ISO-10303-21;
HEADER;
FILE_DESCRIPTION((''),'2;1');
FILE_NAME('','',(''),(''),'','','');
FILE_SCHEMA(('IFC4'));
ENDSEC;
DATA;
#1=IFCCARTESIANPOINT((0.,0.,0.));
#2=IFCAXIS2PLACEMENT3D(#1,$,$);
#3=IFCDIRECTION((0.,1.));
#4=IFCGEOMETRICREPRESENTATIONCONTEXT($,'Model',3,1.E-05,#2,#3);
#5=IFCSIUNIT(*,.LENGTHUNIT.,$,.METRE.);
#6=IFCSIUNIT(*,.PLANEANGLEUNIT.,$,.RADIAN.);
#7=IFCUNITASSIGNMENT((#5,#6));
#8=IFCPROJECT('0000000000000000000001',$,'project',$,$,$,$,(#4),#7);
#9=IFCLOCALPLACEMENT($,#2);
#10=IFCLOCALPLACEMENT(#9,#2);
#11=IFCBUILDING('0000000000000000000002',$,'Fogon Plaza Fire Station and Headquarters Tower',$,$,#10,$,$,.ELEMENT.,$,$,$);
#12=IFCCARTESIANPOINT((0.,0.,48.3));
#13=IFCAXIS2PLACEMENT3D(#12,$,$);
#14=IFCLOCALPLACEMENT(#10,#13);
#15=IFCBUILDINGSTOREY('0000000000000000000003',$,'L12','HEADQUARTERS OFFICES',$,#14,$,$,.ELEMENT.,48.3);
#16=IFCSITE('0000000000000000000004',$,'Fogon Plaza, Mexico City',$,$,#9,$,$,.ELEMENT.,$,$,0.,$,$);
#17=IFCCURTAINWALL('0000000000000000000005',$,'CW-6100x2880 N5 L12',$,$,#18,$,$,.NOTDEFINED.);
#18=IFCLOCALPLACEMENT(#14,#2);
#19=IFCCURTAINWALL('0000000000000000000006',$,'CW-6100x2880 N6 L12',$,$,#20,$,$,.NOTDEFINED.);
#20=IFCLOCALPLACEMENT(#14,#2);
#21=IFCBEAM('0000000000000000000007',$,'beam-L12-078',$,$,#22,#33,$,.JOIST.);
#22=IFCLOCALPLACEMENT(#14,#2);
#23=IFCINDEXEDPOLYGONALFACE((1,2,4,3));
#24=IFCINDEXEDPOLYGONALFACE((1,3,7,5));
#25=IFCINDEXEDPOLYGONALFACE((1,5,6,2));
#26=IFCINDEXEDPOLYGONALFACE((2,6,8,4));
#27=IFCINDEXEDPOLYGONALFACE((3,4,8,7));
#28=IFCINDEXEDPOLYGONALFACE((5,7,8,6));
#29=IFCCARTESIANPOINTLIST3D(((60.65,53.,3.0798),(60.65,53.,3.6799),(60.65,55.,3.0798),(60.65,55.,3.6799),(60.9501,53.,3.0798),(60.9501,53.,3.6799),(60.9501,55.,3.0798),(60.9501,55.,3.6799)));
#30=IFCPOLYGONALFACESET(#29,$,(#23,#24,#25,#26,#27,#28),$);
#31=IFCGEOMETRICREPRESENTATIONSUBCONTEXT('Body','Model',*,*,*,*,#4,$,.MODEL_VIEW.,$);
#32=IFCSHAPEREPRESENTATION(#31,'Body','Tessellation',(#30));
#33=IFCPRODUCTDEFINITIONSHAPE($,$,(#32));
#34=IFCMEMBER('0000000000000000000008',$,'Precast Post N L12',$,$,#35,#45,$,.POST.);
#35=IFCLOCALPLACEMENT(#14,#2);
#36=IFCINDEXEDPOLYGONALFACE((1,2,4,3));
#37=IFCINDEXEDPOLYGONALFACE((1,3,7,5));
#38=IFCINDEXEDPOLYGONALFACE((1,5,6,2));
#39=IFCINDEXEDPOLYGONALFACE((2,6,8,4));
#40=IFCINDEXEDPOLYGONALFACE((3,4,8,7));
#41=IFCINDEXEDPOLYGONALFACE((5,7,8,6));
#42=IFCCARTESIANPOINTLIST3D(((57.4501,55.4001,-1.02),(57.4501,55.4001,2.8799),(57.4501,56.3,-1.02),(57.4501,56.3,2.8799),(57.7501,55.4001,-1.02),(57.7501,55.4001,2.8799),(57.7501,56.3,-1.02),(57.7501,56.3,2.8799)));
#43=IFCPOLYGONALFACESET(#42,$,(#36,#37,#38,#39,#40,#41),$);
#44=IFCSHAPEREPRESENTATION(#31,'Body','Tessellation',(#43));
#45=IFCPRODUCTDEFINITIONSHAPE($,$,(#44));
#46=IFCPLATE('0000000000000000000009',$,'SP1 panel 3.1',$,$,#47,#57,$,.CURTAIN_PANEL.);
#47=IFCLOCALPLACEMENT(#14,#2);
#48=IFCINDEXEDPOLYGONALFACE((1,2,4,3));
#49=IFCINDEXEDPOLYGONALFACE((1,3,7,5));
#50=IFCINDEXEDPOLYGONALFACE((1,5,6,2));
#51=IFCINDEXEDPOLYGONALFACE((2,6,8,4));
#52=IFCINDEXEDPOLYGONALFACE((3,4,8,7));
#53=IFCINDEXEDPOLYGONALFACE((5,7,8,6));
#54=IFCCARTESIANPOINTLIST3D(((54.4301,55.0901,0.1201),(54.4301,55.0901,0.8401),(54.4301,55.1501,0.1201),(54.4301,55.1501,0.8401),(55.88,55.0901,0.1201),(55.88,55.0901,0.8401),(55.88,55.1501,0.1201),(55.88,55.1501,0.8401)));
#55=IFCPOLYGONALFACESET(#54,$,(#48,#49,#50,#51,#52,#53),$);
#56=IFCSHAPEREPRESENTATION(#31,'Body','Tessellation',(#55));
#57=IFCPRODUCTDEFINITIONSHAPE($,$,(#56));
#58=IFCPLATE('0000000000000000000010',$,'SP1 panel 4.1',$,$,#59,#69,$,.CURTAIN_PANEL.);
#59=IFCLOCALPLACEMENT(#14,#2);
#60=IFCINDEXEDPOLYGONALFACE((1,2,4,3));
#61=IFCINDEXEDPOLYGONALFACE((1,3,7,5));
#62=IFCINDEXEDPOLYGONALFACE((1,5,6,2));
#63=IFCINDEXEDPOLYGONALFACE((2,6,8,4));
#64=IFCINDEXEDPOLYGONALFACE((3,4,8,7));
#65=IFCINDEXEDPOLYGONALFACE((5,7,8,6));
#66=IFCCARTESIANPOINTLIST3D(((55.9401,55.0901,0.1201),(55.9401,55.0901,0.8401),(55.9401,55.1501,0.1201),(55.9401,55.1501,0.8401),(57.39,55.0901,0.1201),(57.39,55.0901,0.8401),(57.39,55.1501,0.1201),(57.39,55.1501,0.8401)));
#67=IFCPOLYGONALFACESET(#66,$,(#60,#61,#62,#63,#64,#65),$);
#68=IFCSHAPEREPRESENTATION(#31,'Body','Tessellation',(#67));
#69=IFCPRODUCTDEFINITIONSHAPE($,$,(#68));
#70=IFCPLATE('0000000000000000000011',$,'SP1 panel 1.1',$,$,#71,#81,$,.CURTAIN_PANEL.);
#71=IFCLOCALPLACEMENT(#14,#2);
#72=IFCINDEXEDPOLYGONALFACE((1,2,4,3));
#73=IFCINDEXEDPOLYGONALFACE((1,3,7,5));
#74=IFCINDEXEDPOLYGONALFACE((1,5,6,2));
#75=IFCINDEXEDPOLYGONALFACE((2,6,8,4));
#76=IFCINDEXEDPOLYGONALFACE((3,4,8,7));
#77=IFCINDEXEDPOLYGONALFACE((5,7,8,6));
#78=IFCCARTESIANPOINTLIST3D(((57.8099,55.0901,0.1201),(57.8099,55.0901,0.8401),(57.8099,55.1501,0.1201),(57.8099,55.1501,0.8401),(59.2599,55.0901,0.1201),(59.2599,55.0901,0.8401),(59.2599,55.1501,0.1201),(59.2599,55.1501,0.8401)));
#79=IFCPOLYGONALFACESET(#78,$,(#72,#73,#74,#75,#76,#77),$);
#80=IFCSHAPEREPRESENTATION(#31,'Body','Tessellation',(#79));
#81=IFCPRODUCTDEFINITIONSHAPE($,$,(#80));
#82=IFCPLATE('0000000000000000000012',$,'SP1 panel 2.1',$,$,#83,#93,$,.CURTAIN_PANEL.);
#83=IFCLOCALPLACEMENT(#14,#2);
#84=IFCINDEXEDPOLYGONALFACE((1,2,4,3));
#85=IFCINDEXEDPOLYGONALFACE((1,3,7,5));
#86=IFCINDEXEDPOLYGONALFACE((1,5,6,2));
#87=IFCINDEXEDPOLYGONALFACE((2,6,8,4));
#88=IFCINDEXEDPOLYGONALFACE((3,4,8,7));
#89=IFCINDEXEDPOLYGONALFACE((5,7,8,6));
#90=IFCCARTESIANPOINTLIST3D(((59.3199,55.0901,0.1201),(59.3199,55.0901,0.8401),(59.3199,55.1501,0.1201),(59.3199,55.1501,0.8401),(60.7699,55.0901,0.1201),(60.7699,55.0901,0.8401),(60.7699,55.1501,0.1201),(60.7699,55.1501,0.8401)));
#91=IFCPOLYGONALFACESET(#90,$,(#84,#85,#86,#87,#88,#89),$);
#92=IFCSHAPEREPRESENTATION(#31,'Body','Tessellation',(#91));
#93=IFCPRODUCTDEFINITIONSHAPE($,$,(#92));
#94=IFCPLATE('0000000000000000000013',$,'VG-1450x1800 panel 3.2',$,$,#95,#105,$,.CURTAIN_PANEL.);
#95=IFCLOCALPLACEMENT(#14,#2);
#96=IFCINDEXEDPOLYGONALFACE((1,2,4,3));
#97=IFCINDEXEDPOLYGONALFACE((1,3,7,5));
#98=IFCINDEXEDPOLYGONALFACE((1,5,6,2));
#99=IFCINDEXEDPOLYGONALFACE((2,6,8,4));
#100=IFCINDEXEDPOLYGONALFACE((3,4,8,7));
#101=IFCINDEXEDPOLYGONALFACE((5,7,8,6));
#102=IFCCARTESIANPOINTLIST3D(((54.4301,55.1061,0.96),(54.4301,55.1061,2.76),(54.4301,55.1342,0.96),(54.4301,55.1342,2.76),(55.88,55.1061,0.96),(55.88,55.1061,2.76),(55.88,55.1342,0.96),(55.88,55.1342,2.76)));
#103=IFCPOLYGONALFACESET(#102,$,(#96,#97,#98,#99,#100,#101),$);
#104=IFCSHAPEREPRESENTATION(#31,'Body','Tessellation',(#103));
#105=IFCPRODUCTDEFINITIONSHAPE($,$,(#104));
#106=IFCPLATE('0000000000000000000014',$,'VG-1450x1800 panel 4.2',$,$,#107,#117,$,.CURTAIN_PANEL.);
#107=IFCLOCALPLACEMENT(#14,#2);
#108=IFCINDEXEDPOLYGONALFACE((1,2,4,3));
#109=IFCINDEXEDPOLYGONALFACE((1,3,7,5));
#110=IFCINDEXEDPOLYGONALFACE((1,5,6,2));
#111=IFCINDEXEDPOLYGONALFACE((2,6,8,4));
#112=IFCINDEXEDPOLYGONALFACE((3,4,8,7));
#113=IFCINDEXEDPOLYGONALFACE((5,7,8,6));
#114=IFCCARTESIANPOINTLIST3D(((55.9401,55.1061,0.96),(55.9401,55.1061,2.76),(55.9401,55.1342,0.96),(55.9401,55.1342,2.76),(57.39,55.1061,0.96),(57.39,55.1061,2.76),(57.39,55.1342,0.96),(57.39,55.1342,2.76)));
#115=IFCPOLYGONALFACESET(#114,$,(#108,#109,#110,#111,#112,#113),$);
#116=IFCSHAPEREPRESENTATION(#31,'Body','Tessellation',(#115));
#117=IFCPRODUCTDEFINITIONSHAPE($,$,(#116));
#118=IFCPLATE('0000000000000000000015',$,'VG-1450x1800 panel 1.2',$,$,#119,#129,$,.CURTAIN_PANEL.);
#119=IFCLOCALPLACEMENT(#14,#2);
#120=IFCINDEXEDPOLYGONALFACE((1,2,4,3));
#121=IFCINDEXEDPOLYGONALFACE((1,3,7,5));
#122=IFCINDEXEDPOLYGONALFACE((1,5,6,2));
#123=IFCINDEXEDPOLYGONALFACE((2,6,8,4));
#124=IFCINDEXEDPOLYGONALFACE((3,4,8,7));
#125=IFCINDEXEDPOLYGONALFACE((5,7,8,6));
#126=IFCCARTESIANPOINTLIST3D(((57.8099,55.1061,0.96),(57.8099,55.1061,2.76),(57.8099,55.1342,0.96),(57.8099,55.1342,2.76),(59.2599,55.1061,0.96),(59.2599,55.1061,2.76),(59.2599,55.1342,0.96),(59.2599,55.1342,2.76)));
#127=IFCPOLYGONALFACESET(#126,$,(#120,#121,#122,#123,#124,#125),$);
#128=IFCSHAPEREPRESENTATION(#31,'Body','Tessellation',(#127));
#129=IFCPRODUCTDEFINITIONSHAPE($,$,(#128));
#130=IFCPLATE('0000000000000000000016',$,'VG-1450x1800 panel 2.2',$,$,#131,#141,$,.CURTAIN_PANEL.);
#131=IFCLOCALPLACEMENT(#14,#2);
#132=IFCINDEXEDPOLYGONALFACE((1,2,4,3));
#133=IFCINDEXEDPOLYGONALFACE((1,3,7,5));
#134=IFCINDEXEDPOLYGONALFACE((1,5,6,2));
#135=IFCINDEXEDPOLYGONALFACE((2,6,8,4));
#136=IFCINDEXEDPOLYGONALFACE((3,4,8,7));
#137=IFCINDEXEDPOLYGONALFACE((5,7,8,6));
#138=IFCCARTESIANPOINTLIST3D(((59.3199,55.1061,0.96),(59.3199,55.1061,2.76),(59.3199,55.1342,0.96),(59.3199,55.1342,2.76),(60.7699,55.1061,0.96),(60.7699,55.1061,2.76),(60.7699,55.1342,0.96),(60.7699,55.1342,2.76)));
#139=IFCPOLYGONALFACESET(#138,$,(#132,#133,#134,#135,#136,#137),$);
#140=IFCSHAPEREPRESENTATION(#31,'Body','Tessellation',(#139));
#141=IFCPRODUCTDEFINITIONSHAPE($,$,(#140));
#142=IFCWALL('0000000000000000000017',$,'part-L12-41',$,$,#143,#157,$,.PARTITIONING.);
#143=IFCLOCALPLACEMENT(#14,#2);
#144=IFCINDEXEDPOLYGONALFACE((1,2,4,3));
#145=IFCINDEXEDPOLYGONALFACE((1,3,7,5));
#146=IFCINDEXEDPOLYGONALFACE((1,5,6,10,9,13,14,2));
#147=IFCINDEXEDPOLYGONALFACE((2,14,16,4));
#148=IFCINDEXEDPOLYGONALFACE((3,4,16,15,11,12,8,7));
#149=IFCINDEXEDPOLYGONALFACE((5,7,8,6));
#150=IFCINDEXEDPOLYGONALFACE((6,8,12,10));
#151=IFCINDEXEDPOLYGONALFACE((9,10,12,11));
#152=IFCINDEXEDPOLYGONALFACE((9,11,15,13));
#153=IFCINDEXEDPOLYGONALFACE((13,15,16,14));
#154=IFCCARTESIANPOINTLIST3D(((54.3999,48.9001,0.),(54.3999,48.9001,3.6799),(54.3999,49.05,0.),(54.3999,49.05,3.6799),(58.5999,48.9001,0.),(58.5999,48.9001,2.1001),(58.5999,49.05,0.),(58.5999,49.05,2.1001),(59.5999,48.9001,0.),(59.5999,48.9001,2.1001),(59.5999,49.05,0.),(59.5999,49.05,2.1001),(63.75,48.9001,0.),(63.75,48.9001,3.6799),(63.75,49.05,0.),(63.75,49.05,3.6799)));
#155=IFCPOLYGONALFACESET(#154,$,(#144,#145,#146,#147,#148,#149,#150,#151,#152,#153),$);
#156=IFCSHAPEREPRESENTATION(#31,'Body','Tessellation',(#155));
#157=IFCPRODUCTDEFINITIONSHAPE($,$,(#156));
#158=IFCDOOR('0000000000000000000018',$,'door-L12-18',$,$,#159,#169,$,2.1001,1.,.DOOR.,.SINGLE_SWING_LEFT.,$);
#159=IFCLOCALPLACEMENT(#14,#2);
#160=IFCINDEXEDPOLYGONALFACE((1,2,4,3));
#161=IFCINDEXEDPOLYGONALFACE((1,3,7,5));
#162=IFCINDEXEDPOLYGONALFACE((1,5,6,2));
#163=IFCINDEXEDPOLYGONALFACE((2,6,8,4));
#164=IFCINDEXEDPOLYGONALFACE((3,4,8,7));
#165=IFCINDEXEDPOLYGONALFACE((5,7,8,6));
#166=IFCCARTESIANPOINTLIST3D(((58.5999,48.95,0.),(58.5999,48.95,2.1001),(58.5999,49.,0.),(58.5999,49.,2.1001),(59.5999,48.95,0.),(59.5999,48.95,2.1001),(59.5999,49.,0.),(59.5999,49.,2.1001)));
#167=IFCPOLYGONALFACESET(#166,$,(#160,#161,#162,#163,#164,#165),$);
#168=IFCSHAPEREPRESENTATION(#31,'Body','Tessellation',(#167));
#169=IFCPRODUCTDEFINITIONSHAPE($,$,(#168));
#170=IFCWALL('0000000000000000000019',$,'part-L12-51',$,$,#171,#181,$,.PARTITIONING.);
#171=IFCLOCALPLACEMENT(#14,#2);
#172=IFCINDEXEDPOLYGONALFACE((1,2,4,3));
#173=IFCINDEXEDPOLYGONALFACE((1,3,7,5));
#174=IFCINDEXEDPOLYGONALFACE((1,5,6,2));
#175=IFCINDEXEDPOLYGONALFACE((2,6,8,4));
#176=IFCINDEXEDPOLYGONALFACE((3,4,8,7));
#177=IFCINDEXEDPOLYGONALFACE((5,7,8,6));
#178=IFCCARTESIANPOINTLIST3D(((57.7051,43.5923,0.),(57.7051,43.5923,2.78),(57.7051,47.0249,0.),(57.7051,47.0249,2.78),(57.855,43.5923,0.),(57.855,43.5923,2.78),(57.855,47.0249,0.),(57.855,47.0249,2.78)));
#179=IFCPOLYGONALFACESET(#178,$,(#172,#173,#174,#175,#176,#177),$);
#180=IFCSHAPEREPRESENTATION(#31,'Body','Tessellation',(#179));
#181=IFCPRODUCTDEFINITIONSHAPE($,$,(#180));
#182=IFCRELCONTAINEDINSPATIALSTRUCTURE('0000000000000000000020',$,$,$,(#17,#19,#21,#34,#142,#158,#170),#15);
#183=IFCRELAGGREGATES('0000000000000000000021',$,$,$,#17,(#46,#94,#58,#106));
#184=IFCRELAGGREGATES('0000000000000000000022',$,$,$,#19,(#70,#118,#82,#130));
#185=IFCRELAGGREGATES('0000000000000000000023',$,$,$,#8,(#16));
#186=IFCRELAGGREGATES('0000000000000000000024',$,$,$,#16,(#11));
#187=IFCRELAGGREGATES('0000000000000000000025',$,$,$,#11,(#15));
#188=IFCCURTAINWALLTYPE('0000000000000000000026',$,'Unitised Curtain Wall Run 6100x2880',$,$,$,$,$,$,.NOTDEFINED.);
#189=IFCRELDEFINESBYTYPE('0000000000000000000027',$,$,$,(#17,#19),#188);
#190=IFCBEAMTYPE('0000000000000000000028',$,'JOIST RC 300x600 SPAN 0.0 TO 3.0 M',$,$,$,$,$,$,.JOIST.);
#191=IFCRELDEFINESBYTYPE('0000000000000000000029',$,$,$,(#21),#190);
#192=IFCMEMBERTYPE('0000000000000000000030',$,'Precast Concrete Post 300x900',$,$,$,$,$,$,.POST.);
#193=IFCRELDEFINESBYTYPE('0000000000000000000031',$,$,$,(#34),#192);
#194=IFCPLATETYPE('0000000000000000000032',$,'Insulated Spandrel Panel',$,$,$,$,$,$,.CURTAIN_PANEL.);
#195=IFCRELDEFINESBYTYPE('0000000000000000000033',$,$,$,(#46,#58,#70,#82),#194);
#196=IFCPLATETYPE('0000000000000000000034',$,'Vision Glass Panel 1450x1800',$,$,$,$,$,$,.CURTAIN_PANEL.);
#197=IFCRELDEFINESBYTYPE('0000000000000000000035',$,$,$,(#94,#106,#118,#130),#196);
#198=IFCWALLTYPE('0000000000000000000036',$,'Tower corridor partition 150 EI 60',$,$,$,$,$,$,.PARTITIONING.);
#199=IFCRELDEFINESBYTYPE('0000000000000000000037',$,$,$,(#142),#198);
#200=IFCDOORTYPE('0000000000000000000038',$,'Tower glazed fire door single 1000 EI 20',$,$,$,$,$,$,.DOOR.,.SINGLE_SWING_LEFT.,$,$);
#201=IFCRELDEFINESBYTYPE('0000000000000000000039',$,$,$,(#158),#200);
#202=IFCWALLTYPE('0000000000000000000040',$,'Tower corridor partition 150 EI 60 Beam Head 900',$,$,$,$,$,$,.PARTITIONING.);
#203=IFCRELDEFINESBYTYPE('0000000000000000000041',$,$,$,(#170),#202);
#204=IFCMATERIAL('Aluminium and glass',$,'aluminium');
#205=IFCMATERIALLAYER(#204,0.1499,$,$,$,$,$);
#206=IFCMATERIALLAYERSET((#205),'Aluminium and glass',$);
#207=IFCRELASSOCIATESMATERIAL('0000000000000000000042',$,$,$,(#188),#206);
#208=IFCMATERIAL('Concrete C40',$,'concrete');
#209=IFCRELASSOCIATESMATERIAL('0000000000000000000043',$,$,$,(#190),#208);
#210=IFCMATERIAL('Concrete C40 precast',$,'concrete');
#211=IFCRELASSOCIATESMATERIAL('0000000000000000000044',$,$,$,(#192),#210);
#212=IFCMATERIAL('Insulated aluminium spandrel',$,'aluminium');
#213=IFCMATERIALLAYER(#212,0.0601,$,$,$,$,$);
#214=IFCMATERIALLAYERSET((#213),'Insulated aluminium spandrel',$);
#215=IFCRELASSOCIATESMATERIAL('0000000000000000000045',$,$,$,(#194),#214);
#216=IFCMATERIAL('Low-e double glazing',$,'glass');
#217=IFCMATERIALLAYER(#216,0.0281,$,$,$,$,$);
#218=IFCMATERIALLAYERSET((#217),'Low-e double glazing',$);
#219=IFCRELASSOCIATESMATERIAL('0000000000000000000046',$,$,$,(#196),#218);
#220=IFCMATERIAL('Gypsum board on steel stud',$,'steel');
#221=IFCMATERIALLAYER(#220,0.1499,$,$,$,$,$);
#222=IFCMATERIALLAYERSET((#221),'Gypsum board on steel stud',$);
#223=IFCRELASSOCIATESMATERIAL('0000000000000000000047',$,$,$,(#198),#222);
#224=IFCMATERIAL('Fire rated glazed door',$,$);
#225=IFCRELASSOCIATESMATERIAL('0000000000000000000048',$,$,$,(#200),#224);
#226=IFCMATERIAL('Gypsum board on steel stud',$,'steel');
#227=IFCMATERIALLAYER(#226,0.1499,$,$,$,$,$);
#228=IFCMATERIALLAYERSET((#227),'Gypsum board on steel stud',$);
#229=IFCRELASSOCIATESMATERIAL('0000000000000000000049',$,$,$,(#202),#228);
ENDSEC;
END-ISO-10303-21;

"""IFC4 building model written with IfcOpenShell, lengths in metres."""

from ifc_helpers import new_model, si_unit, direction, frame, frame_2d, origin, origin_2d, place, context, subcontext, project, spatial, rectangle, extrude, material, layer, layer_set, material_profile, profile_set, type_object, element, fill, aggregate, save


model = new_model("IFC4")

# Units and contexts
model_context = context("Model", 3, precision=1e-05, world=origin(), true_north=direction((0.0, 1.0)))
body_context = subcontext(model_context, "Body", "Model", "MODEL_VIEW")
ifc_project = project(units=[si_unit("LENGTHUNIT", "METRE"), si_unit("PLANEANGLEUNIT", "RADIAN")], contexts=[model_context])

# Site, building, storey
site_placement = place(None, origin())
site = spatial("IfcSite", under=ifc_project, at=site_placement, Name="Fogon Plaza, Mexico City", CompositionType="ELEMENT", RefElevation=0.0)
building_placement = place(site_placement, origin())
building = spatial("IfcBuilding", under=site, at=building_placement, Name="Fogon Plaza Fire Station and Headquarters Tower", CompositionType="ELEMENT")
storey_placement = place(building_placement, frame((0.0, 0.0, 48.3)))
storey = spatial("IfcBuildingStorey", under=building, at=storey_placement, Name="L12", Description="HEADQUARTERS OFFICES", CompositionType="ELEMENT", Elevation=48.3)

# Curtain walls
ifc_material_1 = material(Name="Aluminium and glass", Category="aluminium")
ifc_layer_1 = layer(ifc_material_1, 0.1499)
ifc_layer_set_1 = layer_set([ifc_layer_1], Name="Aluminium and glass")
curtain_wall_type = type_object("IfcCurtainWallType", Name="Unitised Curtain Wall Run 6100x2880", PredefinedType="NOTDEFINED", material=ifc_layer_set_1)
curtain_wall_1_placement = place(storey_placement, origin())
curtain_wall_1 = element("IfcCurtainWall", 1, at=curtain_wall_1_placement, inside=storey, type_object=curtain_wall_type, Name="CW-6100x2880 N5 L12", PredefinedType="NOTDEFINED")
curtain_wall_2_placement = place(storey_placement, origin())
curtain_wall_2 = element("IfcCurtainWall", 2, at=curtain_wall_2_placement, inside=storey, type_object=curtain_wall_type, Name="CW-6100x2880 N6 L12", PredefinedType="NOTDEFINED")

# Beam
ifc_material_2 = material(Name="Concrete C40", Category="concrete")
ifc_material_profile_1 = material_profile(ifc_material_2, rectangle(XDim=0.3, YDim=0.6001, at=origin_2d()), Name="RC 300x600")
ifc_profile_set_1 = profile_set([ifc_material_profile_1], Name="Concrete C40")
beam_type_1 = type_object("IfcBeamType", Name="JOIST RC 300x600 SPAN 0.0 TO 3.0 M", PredefinedType="JOIST", material=ifc_profile_set_1)
beam_1_placement = place(storey_placement, frame((60.8, 53.0, 3.3799), z_axis=(0.0, 1.0, 0.0), x_axis=(-1.0, 0.0, 0.0)))
element("IfcBeam", 3, at=beam_1_placement, inside=storey, type_object=beam_type_1, Name="beam-L12-078", PredefinedType="JOIST", context=body_context, shape_type="SweptSolid", body=[
    extrude(rectangle(XDim=0.3, YDim=0.6001, at=origin_2d()), origin(), (0.0, 0.0, 1.0), 2.0),
])

# Member
ifc_material_3 = material(Name="Concrete C40 precast", Category="concrete")
ifc_material_profile_2 = material_profile(ifc_material_3, rectangle(XDim=0.3, YDim=0.8999, at=origin_2d()), Name="Precast Concrete Post 300x900")
ifc_profile_set_2 = profile_set([ifc_material_profile_2], Name="Concrete C40 precast")
member_type_1 = type_object("IfcMemberType", Name="Precast Concrete Post 300x900", PredefinedType="POST", material=ifc_profile_set_2)
member_1_placement = place(storey_placement, frame((57.6001, 55.8501, -1.02), z_axis=(0.0, 0.0, 1.0), x_axis=(1.0, 0.0, 0.0)))
element("IfcMember", 4, at=member_1_placement, inside=storey, type_object=member_type_1, Name="Precast Post N L12", PredefinedType="POST", context=body_context, shape_type="SweptSolid", body=[
    extrude(rectangle(XDim=0.3, YDim=0.8999, at=origin_2d()), origin(), (0.0, 0.0, 1.0), 3.8999),
])

# Plates
ifc_material_4 = material(Name="Insulated aluminium spandrel", Category="aluminium")
ifc_layer_2 = layer(ifc_material_4, 0.0601)
ifc_layer_set_2 = layer_set([ifc_layer_2], Name="Insulated aluminium spandrel")
plate_type_1 = type_object("IfcPlateType", Name="Insulated Spandrel Panel", PredefinedType="CURTAIN_PANEL", material=ifc_layer_set_2)
plate_1_placement = place(storey_placement, frame((55.155, 55.1201, 0.1201), z_axis=(0.0, 0.0, 1.0), x_axis=(1.0, 0.0, 0.0)))
plate_1 = element("IfcPlate", 5, at=plate_1_placement, type_object=plate_type_1, Name="SP1 panel 3.1", PredefinedType="CURTAIN_PANEL", context=body_context, shape_type="SweptSolid", body=[
    extrude(rectangle(XDim=1.45, YDim=0.0601, at=origin_2d()), origin(), (0.0, 0.0, 1.0), 0.72),
])
plate_2_placement = place(storey_placement, frame((56.665, 55.1201, 0.1201), z_axis=(0.0, 0.0, 1.0), x_axis=(1.0, 0.0, 0.0)))
plate_2 = element("IfcPlate", 6, at=plate_2_placement, type_object=plate_type_1, Name="SP1 panel 4.1", PredefinedType="CURTAIN_PANEL", context=body_context, shape_type="SweptSolid", body=[
    extrude(rectangle(XDim=1.45, YDim=0.0601, at=origin_2d()), origin(), (0.0, 0.0, 1.0), 0.72),
])
plate_3_placement = place(storey_placement, frame((58.5349, 55.1201, 0.1201), z_axis=(0.0, 0.0, 1.0), x_axis=(1.0, 0.0, 0.0)))
plate_3 = element("IfcPlate", 7, at=plate_3_placement, type_object=plate_type_1, Name="SP1 panel 1.1", PredefinedType="CURTAIN_PANEL", context=body_context, shape_type="SweptSolid", body=[
    extrude(rectangle(XDim=1.45, YDim=0.0601, at=origin_2d()), origin(), (0.0, 0.0, 1.0), 0.72),
])
plate_4_placement = place(storey_placement, frame((60.0449, 55.1201, 0.1201), z_axis=(0.0, 0.0, 1.0), x_axis=(1.0, 0.0, 0.0)))
plate_4 = element("IfcPlate", 8, at=plate_4_placement, type_object=plate_type_1, Name="SP1 panel 2.1", PredefinedType="CURTAIN_PANEL", context=body_context, shape_type="SweptSolid", body=[
    extrude(rectangle(XDim=1.45, YDim=0.0601, at=origin_2d()), origin(), (0.0, 0.0, 1.0), 0.72),
])
ifc_material_5 = material(Name="Low-e double glazing", Category="glass")
ifc_layer_3 = layer(ifc_material_5, 0.0281)
ifc_layer_set_3 = layer_set([ifc_layer_3], Name="Low-e double glazing")
plate_type_2 = type_object("IfcPlateType", Name="Vision Glass Panel 1450x1800", PredefinedType="CURTAIN_PANEL", material=ifc_layer_set_3)
plate_5_placement = place(storey_placement, frame((55.155, 55.1201, 0.96), z_axis=(0.0, 0.0, 1.0), x_axis=(1.0, 0.0, 0.0)))
plate_5 = element("IfcPlate", 9, at=plate_5_placement, type_object=plate_type_2, Name="VG-1450x1800 panel 3.2", PredefinedType="CURTAIN_PANEL", context=body_context, shape_type="SweptSolid", body=[
    extrude(rectangle(XDim=1.45, YDim=0.0281, at=origin_2d()), origin(), (0.0, 0.0, 1.0), 1.8),
])
plate_6_placement = place(storey_placement, frame((56.665, 55.1201, 0.96), z_axis=(0.0, 0.0, 1.0), x_axis=(1.0, 0.0, 0.0)))
plate_6 = element("IfcPlate", 10, at=plate_6_placement, type_object=plate_type_2, Name="VG-1450x1800 panel 4.2", PredefinedType="CURTAIN_PANEL", context=body_context, shape_type="SweptSolid", body=[
    extrude(rectangle(XDim=1.45, YDim=0.0281, at=origin_2d()), origin(), (0.0, 0.0, 1.0), 1.8),
])
aggregate(curtain_wall_1, [plate_1, plate_5, plate_2, plate_6])
plate_7_placement = place(storey_placement, frame((58.5349, 55.1201, 0.96), z_axis=(0.0, 0.0, 1.0), x_axis=(1.0, 0.0, 0.0)))
plate_7 = element("IfcPlate", 11, at=plate_7_placement, type_object=plate_type_2, Name="VG-1450x1800 panel 1.2", PredefinedType="CURTAIN_PANEL", context=body_context, shape_type="SweptSolid", body=[
    extrude(rectangle(XDim=1.45, YDim=0.0281, at=origin_2d()), origin(), (0.0, 0.0, 1.0), 1.8),
])
plate_8_placement = place(storey_placement, frame((60.0449, 55.1201, 0.96), z_axis=(0.0, 0.0, 1.0), x_axis=(1.0, 0.0, 0.0)))
plate_8 = element("IfcPlate", 12, at=plate_8_placement, type_object=plate_type_2, Name="VG-1450x1800 panel 2.2", PredefinedType="CURTAIN_PANEL", context=body_context, shape_type="SweptSolid", body=[
    extrude(rectangle(XDim=1.45, YDim=0.0281, at=origin_2d()), origin(), (0.0, 0.0, 1.0), 1.8),
])
aggregate(curtain_wall_2, [plate_3, plate_7, plate_4, plate_8])

# Wall, opening, door
ifc_material_6 = material(Name="Gypsum board on steel stud", Category="steel")
ifc_layer_4 = layer(ifc_material_6, 0.1499)
ifc_layer_set_4 = layer_set([ifc_layer_4], Name="Gypsum board on steel stud")
wall_type_1 = type_object("IfcWallType", Name="Tower corridor partition 150 EI 60", PredefinedType="PARTITIONING", material=ifc_layer_set_4)
wall_1_placement = place(storey_placement, frame((54.3999, 48.9751, 0.0), z_axis=(0.0, 0.0, 1.0), x_axis=(1.0, 0.0, 0.0)))
wall_1 = element("IfcWall", 13, at=wall_1_placement, inside=storey, type_object=wall_type_1, Name="part-L12-41", PredefinedType="PARTITIONING", context=body_context, shape_type="SweptSolid", body=[
    extrude(rectangle(XDim=9.3501, YDim=0.1499, at=frame_2d((4.675, 0.0))), origin(), (0.0, 0.0, 1.0), 3.6799),
])
opening_placement = place(wall_1_placement, frame((4.2, 0.0, 0.0)))
opening = element("IfcOpeningElement", 14, at=opening_placement, cuts=wall_1, PredefinedType="OPENING", context=body_context, shape_type="SweptSolid", body=[
    extrude(rectangle(XDim=1.0, YDim=2.1001, at=frame_2d((0.5, 1.05))), frame((0.0, 0.085, 0.0), z_axis=(0.0, -1.0, 0.0), x_axis=(1.0, 0.0, 0.0)), (0.0, 0.0, 1.0), 0.1699),
])
ifc_material_7 = material(Name="Fire rated glazed door")
door_type = type_object("IfcDoorType", Name="Tower glazed fire door single 1000 EI 20", OperationType="SINGLE_SWING_LEFT", PredefinedType="DOOR", material=ifc_material_7)
door_placement = place(opening_placement, origin())
door = element("IfcDoor", 15, at=door_placement, inside=storey, type_object=door_type, Name="door-L12-18", OperationType="SINGLE_SWING_LEFT", OverallHeight=2.1001, OverallWidth=1.0, PredefinedType="DOOR", context=body_context, shape_type="SweptSolid", body=[
    extrude(rectangle(XDim=1.0, YDim=2.1001, at=frame_2d((0.5, 1.05))), frame((0.0, 0.0249, 0.0), z_axis=(0.0, -1.0, 0.0), x_axis=(1.0, 0.0, 0.0)), (0.0, 0.0, 1.0), 0.05),
])
fill(opening, door)

# Wall
ifc_material_8 = material(Name="Gypsum board on steel stud", Category="steel")
ifc_layer_5 = layer(ifc_material_8, 0.1499)
ifc_layer_set_5 = layer_set([ifc_layer_5], Name="Gypsum board on steel stud")
wall_type_2 = type_object("IfcWallType", Name="Tower corridor partition 150 EI 60 Beam Head 900", PredefinedType="PARTITIONING", material=ifc_layer_set_5)
wall_2_placement = place(storey_placement, frame((57.78, 43.5923, 0.0), z_axis=(0.0, 0.0, 1.0), x_axis=(0.0, 1.0, 0.0)))
element("IfcWall", 16, at=wall_2_placement, inside=storey, type_object=wall_type_2, Name="part-L12-51", PredefinedType="PARTITIONING", context=body_context, shape_type="SweptSolid", body=[
    extrude(rectangle(XDim=3.4326, YDim=0.1499, at=frame_2d((1.7163, 0.0))), origin(), (0.0, 0.0, 1.0), 2.78),
])

save(model, "model.ifc")
